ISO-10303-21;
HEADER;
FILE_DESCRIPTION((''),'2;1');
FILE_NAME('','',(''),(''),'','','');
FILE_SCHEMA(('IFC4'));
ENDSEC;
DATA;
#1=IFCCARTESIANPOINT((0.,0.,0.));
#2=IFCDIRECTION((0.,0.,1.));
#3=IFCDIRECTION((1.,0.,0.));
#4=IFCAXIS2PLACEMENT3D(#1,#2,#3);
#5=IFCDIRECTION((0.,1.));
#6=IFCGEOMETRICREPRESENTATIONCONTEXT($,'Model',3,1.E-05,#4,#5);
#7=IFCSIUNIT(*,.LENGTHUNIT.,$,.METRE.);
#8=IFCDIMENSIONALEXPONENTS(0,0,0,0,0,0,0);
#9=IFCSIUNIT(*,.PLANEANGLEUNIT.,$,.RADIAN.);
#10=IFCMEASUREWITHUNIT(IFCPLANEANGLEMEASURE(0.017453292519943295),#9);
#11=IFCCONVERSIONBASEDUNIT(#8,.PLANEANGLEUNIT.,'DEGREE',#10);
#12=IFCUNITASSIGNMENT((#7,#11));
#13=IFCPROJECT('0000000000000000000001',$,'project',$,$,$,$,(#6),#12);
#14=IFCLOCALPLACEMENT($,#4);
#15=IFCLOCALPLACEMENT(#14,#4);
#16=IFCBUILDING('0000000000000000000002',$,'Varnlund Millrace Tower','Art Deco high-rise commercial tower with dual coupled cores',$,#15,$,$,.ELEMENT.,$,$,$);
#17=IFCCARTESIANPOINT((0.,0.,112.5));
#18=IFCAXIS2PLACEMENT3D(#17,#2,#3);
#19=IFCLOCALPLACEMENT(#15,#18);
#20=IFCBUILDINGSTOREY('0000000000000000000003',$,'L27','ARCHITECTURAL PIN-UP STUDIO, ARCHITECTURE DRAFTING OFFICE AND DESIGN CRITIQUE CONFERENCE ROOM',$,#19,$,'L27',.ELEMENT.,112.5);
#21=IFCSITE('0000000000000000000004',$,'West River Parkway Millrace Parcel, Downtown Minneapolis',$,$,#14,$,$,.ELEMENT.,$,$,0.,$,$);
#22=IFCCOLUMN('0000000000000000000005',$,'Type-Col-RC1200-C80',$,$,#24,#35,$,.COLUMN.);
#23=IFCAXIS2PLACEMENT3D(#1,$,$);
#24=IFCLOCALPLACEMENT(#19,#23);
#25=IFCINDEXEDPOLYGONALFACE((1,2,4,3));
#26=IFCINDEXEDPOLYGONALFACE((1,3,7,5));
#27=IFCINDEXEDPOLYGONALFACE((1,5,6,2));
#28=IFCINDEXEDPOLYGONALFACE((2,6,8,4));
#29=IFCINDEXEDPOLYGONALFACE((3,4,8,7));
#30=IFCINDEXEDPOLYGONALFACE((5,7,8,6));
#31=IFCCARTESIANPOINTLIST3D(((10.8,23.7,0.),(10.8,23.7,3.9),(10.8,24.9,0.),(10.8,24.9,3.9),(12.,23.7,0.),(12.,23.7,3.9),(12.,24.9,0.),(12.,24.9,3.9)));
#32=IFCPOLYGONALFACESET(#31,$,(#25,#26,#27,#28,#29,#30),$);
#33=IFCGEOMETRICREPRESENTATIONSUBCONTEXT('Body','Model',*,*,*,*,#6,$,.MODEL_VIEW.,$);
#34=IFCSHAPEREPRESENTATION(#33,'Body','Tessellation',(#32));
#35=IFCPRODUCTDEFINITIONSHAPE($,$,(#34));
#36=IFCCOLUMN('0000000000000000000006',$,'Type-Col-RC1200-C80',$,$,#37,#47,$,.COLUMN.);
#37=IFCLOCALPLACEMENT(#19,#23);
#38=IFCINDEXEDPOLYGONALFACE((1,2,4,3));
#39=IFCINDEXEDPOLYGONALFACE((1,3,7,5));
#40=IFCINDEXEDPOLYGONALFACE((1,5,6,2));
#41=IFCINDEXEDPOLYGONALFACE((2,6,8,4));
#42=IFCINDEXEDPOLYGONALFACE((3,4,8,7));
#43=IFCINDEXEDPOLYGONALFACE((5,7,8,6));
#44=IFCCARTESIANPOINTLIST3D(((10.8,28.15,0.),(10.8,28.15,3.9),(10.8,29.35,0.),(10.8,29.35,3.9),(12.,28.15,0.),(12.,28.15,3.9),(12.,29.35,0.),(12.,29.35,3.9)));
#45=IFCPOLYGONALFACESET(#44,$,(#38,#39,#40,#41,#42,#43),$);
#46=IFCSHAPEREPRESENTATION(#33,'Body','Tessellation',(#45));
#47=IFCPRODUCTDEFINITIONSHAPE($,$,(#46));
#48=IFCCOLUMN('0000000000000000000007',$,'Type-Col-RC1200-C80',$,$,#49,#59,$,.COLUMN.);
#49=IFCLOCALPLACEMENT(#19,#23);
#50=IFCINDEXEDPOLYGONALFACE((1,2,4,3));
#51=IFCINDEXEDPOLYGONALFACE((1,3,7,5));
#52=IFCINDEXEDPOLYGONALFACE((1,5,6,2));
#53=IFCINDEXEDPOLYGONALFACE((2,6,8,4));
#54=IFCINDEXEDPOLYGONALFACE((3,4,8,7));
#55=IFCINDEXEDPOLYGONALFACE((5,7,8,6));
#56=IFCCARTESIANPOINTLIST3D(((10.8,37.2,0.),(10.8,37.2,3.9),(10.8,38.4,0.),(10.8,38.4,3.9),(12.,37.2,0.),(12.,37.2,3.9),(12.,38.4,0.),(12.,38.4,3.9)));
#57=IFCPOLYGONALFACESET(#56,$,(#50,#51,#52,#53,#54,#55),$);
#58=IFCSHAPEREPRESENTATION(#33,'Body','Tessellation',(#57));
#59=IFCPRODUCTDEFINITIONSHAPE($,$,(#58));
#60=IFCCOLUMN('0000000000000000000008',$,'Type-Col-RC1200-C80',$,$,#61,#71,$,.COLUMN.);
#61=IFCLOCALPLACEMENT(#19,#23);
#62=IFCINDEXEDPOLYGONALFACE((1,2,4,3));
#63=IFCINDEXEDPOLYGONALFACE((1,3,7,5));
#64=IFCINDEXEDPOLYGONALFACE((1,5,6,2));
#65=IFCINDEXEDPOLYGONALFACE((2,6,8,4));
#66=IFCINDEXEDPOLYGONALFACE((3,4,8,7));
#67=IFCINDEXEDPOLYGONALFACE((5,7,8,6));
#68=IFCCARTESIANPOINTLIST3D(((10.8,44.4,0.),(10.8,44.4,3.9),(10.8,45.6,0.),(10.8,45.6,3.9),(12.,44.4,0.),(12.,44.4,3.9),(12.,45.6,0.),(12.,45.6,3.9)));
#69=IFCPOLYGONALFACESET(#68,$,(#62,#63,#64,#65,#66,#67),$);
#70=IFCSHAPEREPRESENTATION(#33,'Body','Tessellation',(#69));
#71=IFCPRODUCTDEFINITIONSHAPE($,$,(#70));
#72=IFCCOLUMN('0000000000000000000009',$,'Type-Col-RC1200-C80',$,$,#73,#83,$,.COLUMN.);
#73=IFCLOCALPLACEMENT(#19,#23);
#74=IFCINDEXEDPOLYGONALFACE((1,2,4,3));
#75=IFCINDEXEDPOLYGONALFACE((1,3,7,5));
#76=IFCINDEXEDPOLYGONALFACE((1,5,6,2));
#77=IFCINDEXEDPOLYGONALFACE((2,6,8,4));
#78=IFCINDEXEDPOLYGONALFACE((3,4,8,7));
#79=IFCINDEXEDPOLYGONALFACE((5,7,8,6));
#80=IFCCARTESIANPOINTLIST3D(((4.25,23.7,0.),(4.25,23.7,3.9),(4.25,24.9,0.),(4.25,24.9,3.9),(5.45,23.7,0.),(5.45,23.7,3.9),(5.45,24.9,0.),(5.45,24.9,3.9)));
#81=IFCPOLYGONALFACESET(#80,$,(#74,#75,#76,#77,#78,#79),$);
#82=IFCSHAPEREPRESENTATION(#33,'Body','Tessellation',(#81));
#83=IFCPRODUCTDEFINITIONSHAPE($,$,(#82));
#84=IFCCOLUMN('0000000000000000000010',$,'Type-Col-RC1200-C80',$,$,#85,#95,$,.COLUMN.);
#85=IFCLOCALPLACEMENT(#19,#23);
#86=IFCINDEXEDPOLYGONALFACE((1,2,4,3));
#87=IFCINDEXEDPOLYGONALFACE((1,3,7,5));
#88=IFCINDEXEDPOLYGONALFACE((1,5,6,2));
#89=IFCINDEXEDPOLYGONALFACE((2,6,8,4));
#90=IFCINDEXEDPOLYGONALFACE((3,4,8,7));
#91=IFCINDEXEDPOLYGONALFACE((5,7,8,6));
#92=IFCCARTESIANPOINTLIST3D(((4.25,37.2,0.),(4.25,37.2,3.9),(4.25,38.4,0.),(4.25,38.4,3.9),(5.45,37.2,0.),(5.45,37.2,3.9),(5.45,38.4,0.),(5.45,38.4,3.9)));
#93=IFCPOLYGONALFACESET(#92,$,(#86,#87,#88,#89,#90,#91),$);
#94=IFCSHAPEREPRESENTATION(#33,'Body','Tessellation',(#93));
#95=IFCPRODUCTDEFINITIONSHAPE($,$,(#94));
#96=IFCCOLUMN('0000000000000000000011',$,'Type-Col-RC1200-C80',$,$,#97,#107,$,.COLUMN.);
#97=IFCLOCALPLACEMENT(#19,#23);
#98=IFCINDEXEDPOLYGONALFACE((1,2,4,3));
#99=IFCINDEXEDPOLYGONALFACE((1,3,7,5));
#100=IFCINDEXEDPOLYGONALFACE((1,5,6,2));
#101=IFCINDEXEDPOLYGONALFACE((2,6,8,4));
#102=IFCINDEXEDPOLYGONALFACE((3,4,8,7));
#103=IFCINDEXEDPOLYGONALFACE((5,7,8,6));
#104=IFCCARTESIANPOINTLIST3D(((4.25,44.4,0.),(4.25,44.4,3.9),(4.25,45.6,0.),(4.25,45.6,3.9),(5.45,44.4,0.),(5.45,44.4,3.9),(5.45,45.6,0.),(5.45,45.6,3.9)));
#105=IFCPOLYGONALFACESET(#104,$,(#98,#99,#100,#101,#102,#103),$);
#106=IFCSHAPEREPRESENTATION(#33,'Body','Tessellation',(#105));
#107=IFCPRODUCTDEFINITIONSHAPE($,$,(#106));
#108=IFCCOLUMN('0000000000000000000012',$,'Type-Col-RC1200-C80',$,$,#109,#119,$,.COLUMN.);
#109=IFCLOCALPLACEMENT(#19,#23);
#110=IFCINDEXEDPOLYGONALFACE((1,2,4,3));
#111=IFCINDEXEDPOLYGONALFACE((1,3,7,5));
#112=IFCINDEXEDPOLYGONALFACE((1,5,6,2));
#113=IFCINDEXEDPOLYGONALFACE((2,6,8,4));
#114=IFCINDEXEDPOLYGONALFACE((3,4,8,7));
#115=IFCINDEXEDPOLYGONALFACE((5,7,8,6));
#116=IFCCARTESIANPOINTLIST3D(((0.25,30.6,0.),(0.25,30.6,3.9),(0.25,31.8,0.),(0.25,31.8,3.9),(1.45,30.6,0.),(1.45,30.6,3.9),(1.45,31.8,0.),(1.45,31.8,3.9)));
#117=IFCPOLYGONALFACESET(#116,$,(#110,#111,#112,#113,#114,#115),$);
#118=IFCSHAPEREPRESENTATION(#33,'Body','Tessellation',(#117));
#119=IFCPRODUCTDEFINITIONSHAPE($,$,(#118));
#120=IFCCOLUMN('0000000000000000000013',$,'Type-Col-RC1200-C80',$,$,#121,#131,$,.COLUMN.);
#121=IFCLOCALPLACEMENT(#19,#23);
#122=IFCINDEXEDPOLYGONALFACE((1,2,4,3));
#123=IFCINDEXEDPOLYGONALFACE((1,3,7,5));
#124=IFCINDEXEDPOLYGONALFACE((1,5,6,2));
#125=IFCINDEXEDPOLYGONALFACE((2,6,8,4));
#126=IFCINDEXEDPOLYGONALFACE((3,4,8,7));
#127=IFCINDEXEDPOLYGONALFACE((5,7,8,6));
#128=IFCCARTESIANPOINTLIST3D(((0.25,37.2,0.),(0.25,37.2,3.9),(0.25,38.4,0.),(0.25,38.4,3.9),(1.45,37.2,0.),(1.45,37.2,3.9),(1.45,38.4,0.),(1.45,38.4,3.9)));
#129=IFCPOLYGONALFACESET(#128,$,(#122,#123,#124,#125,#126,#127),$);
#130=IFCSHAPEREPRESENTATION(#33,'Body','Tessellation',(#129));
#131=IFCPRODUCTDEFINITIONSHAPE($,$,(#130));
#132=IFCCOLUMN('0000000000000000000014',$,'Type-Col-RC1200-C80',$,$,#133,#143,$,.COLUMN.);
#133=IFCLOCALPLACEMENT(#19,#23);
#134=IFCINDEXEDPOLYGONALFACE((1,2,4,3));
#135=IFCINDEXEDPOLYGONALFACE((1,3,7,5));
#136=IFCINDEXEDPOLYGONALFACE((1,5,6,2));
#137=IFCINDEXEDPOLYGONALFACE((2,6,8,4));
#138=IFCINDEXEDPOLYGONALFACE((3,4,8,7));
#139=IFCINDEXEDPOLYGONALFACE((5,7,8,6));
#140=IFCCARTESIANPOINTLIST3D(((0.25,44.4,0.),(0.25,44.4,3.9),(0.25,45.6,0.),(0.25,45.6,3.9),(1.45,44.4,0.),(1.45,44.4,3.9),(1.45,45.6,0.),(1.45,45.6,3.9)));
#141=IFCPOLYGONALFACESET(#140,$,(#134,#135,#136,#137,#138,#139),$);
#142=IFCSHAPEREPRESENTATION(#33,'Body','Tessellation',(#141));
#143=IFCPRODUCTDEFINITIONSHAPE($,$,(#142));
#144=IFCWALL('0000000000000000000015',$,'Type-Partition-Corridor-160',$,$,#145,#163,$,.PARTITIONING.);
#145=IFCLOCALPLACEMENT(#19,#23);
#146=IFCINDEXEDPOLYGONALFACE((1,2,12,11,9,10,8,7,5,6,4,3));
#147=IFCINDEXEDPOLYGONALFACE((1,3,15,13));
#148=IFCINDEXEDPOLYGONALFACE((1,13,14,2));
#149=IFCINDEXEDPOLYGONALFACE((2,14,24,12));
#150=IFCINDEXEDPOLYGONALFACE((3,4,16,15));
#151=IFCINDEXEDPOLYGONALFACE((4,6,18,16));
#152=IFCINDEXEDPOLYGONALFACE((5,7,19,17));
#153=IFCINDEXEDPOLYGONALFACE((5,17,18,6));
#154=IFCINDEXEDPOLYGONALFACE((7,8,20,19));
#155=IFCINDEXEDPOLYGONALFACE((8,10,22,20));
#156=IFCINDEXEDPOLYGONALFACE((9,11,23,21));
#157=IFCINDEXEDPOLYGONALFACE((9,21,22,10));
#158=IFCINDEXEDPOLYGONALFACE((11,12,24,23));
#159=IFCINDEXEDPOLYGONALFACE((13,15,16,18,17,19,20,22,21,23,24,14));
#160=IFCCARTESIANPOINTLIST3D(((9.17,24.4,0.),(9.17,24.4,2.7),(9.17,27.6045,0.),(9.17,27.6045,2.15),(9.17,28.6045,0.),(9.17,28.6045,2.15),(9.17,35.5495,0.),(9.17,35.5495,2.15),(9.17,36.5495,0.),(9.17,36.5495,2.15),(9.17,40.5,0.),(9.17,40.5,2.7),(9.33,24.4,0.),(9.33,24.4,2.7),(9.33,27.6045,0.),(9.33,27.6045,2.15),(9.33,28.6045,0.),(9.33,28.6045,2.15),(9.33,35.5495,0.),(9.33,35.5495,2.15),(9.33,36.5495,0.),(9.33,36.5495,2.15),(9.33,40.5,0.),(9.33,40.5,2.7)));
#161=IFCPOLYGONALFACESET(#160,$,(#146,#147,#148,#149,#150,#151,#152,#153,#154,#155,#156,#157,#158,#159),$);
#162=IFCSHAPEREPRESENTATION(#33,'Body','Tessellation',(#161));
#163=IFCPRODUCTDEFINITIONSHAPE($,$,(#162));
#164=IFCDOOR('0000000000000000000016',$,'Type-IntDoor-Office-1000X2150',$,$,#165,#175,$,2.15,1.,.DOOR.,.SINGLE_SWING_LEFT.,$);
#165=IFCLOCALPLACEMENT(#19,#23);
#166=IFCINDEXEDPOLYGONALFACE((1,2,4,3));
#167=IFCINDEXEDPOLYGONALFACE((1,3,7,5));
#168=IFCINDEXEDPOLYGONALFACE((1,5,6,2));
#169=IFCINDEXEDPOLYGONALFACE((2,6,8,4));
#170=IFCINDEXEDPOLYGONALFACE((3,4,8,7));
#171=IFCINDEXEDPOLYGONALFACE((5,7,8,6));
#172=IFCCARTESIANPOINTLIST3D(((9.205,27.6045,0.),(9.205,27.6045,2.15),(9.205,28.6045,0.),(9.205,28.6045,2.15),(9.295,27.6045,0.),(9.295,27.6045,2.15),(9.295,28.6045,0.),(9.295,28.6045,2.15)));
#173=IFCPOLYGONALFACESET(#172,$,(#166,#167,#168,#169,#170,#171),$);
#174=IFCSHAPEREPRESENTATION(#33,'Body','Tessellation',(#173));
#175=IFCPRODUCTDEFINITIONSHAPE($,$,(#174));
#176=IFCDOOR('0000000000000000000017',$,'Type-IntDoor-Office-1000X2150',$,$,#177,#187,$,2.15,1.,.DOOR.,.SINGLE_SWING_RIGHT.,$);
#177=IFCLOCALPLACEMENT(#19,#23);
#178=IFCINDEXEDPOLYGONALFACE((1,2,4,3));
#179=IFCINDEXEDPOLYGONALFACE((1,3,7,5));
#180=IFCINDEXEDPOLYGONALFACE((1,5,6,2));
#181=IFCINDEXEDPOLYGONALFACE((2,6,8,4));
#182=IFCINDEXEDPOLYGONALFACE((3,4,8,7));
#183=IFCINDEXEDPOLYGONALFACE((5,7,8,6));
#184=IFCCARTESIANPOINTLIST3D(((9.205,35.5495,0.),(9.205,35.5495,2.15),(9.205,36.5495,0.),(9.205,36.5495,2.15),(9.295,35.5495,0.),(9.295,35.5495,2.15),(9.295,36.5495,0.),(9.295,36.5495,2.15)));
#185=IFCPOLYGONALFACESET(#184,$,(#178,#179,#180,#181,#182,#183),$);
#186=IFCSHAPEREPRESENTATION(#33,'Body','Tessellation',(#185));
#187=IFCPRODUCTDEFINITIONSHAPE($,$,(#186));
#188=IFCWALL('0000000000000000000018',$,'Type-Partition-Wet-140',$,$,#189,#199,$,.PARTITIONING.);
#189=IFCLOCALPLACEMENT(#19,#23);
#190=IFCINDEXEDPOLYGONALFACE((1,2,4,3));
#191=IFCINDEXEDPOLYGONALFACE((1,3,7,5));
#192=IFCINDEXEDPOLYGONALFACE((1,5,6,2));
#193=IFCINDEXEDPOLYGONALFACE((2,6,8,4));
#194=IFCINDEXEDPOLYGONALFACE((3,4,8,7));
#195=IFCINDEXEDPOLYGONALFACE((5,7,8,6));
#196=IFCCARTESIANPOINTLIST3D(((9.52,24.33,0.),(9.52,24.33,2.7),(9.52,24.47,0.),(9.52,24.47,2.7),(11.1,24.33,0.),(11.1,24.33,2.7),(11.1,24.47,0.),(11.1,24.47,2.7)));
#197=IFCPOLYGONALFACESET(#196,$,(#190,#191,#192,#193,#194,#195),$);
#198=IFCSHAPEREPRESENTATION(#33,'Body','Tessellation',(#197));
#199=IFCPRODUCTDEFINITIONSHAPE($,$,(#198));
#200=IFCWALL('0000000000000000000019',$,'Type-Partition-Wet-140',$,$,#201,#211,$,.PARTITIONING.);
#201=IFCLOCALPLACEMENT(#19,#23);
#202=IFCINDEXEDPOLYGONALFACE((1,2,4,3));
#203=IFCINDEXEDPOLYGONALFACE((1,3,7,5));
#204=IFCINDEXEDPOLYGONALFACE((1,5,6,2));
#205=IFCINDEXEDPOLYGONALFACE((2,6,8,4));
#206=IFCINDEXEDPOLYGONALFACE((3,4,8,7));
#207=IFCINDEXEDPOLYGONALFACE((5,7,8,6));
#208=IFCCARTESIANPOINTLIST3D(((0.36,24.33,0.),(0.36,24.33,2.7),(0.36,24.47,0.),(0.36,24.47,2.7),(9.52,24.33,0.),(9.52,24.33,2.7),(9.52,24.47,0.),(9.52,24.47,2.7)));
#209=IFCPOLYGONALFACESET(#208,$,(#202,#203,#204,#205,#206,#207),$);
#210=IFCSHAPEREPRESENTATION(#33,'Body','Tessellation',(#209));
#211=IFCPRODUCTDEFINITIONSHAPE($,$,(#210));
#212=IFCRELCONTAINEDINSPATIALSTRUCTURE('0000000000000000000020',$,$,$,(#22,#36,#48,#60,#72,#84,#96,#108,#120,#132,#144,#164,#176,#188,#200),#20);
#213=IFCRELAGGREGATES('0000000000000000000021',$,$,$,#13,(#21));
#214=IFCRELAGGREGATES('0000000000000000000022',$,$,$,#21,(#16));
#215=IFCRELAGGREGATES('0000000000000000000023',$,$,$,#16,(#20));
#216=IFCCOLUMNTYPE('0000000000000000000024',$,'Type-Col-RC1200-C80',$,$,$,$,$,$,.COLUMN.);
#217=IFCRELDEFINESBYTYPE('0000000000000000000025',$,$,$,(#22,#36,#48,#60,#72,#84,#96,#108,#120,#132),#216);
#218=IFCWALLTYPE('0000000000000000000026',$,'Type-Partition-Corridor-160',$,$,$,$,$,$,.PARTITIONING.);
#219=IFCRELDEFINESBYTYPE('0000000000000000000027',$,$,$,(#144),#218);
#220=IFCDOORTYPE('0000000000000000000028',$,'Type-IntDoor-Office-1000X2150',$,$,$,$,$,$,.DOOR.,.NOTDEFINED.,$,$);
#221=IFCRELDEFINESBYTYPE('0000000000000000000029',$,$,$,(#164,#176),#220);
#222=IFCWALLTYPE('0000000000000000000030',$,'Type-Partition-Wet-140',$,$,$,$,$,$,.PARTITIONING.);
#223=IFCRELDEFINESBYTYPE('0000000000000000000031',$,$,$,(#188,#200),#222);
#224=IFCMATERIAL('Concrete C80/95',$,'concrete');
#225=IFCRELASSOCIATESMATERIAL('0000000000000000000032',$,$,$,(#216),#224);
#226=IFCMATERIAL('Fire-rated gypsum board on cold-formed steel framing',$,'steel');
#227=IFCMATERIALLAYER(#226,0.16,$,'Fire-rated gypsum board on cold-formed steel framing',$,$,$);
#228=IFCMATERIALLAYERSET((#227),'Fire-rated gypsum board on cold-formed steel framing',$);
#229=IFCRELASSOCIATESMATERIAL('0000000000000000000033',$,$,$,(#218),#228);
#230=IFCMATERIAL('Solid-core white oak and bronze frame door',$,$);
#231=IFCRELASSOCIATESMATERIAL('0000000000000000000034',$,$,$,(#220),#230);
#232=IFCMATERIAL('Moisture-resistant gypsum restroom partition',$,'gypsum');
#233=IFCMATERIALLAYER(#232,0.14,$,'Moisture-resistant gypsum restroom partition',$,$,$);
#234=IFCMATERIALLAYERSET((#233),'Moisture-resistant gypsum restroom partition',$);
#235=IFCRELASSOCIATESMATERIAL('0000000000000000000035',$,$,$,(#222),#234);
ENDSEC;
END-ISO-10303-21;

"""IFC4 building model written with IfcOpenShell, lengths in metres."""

from ifc_helpers import new_model, entity, si_unit, converted_unit, direction, frame, origin_with_axes, origin_2d_with_axis, place, context, subcontext, project, spatial, polyline, rectangle, outline, extrude, material, layer, layer_set, material_profile, profile_set, type_object, element, fill, save


model = new_model("IFC4")

# Units and contexts
model_context = context("Model", 3, precision=1e-05, world=origin_with_axes(), true_north=direction((0.0, 1.0)))
body_context = subcontext(model_context, "Body", "Model", "MODEL_VIEW")
ifc_project = project(units=[si_unit("LENGTHUNIT", "METRE"), converted_unit("PLANEANGLEUNIT", "DEGREE", entity("IfcPlaneAngleMeasure", 0.017453292519943295), si_unit("PLANEANGLEUNIT", "RADIAN"), dimensions=[0, 0, 0, 0, 0, 0, 0])], contexts=[model_context])

# Site, building, storey
site_placement = place(None, origin_with_axes())
site = spatial("IfcSite", under=ifc_project, at=site_placement, Name="West River Parkway Millrace Parcel, Downtown Minneapolis", CompositionType="ELEMENT", RefElevation=0.0)
building_placement = place(site_placement, origin_with_axes())
building = spatial("IfcBuilding", under=site, at=building_placement, Name="Varnlund Millrace Tower", Description="Art Deco high-rise commercial tower with dual coupled cores", CompositionType="ELEMENT")
storey_placement = place(building_placement, frame((0.0, 0.0, 112.5), z_axis=(0.0, 0.0, 1.0), x_axis=(1.0, 0.0, 0.0)))
storey = spatial("IfcBuildingStorey", under=building, at=storey_placement, Name="L27", Description="ARCHITECTURAL PIN-UP STUDIO, ARCHITECTURE DRAFTING OFFICE AND DESIGN CRITIQUE CONFERENCE ROOM", LongName="L27", CompositionType="ELEMENT", Elevation=112.5)

# Columns
ifc_material_1 = material(Name="Concrete C80/95", Category="concrete")
ifc_material_profile = material_profile(ifc_material_1, rectangle(XDim=1.2, YDim=1.2, at=origin_2d_with_axis()), Name="Concrete C80/95")
ifc_profile_set = profile_set([ifc_material_profile], Name="Concrete C80/95")
column_type = type_object("IfcColumnType", Name="Type-Col-RC1200-C80", PredefinedType="COLUMN", material=ifc_profile_set)
for number, where, z_axis, x_axis, name in (
    (1, (11.4, 24.3, 0.0), (0.0, 0.0, 1.0), (1.0, 0.0, 0.0), "Type-Col-RC1200-C80"),
    (2, (11.4, 28.75, 0.0), (0.0, 0.0, 1.0), (1.0, 0.0, 0.0), "Type-Col-RC1200-C80"),
    (3, (11.4, 37.8, 0.0), (0.0, 0.0, 1.0), (1.0, 0.0, 0.0), "Type-Col-RC1200-C80"),
    (4, (11.4, 45.0, 0.0), (0.0, 0.0, 1.0), (1.0, 0.0, 0.0), "Type-Col-RC1200-C80"),
    (5, (4.85, 24.3, 0.0), (0.0, 0.0, 1.0), (1.0, 0.0, 0.0), "Type-Col-RC1200-C80"),
    (6, (4.85, 37.8, 0.0), (0.0, 0.0, 1.0), (1.0, 0.0, 0.0), "Type-Col-RC1200-C80"),
    (7, (4.85, 45.0, 0.0), (0.0, 0.0, 1.0), (1.0, 0.0, 0.0), "Type-Col-RC1200-C80"),
    (8, (0.85, 31.2, 0.0), (0.0, 0.0, 1.0), (1.0, 0.0, 0.0), "Type-Col-RC1200-C80"),
    (9, (0.85, 37.8, 0.0), (0.0, 0.0, 1.0), (1.0, 0.0, 0.0), "Type-Col-RC1200-C80"),
    (10, (0.85, 45.0, 0.0), (0.0, 0.0, 1.0), (1.0, 0.0, 0.0), "Type-Col-RC1200-C80"),
):
    element("IfcColumn", number, at=place(storey_placement, frame(where, z_axis=z_axis, x_axis=x_axis)), inside=storey, type_object=column_type, Name=name, PredefinedType="COLUMN", context=body_context, shape_type="SweptSolid", body=[
        extrude(rectangle(XDim=1.2, YDim=1.2, at=origin_2d_with_axis()), origin_with_axes(), (0.0, 0.0, 1.0), 3.9),
    ])

# Wall, openings, doors
ifc_material_2 = material(Name="Fire-rated gypsum board on cold-formed steel framing", Category="steel")
ifc_layer_1 = layer(ifc_material_2, 0.16, Name="Fire-rated gypsum board on cold-formed steel framing")
ifc_layer_set_1 = layer_set([ifc_layer_1], Name="Fire-rated gypsum board on cold-formed steel framing")
wall_type_1 = type_object("IfcWallType", Name="Type-Partition-Corridor-160", PredefinedType="PARTITIONING", material=ifc_layer_set_1)
ifc_material_3 = material(Name="Solid-core white oak and bronze frame door")
door_type_1 = type_object("IfcDoorType", Name="Type-IntDoor-Office-1000X2150", OperationType="NOTDEFINED", PredefinedType="DOOR", material=ifc_material_3)
wall_1_placement = place(storey_placement, frame((9.25, 24.4, 0.0), z_axis=(0.0, 0.0, 1.0), x_axis=(0.0, 1.0, 0.0)))
wall_1 = element("IfcWall", 11, at=wall_1_placement, inside=storey, type_object=wall_type_1, Name="Type-Partition-Corridor-160", PredefinedType="PARTITIONING", context=body_context, shape_type="SweptSolid", body=[
    extrude(outline(polyline([(0.0, -0.08), (16.1, -0.08), (16.1, 0.08), (0.0, 0.08), (0.0, -0.08)])), origin_with_axes(), (0.0, 0.0, 1.0), 2.7),
])
opening_1_placement = place(wall_1_placement, frame((3.7045, 0.0, 0.0), z_axis=(0.0, 0.0, 1.0), x_axis=(1.0, 0.0, 0.0)))
opening_1 = element("IfcOpeningElement", 12, at=opening_1_placement, cuts=wall_1, PredefinedType="OPENING", context=body_context, shape_type="SweptSolid", body=[
    extrude(rectangle(XDim=1.0, YDim=0.18, at=origin_2d_with_axis()), origin_with_axes(), (0.0, 0.0, 1.0), 2.15),
])
opening_2_placement = place(wall_1_placement, frame((11.6495, 0.0, 0.0), z_axis=(0.0, 0.0, 1.0), x_axis=(1.0, 0.0, 0.0)))
opening_2 = element("IfcOpeningElement", 13, at=opening_2_placement, cuts=wall_1, PredefinedType="OPENING", context=body_context, shape_type="SweptSolid", body=[
    extrude(rectangle(XDim=1.0, YDim=0.18, at=origin_2d_with_axis()), origin_with_axes(), (0.0, 0.0, 1.0), 2.15),
])
door_1_placement = place(wall_1_placement, frame((3.7045, 0.0, 0.0), z_axis=(0.0, 0.0, 1.0), x_axis=(1.0, 0.0, 0.0)))
door_1 = element("IfcDoor", 14, at=door_1_placement, inside=storey, type_object=door_type_1, Name="Type-IntDoor-Office-1000X2150", OperationType="SINGLE_SWING_LEFT", OverallHeight=2.15, OverallWidth=1.0, PredefinedType="DOOR", context=body_context, shape_type="SweptSolid", body=[
    extrude(rectangle(XDim=1.0, YDim=0.09, at=origin_2d_with_axis()), origin_with_axes(), (0.0, 0.0, 1.0), 2.15),
])
fill(opening_1, door_1)
door_2_placement = place(wall_1_placement, frame((11.6495, 0.0, 0.0), z_axis=(0.0, 0.0, 1.0), x_axis=(1.0, 0.0, 0.0)))
door_2 = element("IfcDoor", 15, at=door_2_placement, inside=storey, type_object=door_type_1, Name="Type-IntDoor-Office-1000X2150", OperationType="SINGLE_SWING_RIGHT", OverallHeight=2.15, OverallWidth=1.0, PredefinedType="DOOR", context=body_context, shape_type="SweptSolid", body=[
    extrude(rectangle(XDim=1.0, YDim=0.09, at=origin_2d_with_axis()), origin_with_axes(), (0.0, 0.0, 1.0), 2.15),
])
fill(opening_2, door_2)

# Walls
ifc_material_4 = material(Name="Moisture-resistant gypsum restroom partition", Category="gypsum")
ifc_layer_2 = layer(ifc_material_4, 0.14, Name="Moisture-resistant gypsum restroom partition")
ifc_layer_set_2 = layer_set([ifc_layer_2], Name="Moisture-resistant gypsum restroom partition")
wall_type_2 = type_object("IfcWallType", Name="Type-Partition-Wet-140", PredefinedType="PARTITIONING", material=ifc_layer_set_2)
wall_2_placement = place(storey_placement, frame((9.52, 24.4, 0.0), z_axis=(0.0, 0.0, 1.0), x_axis=(1.0, 0.0, 0.0)))
element("IfcWall", 16, at=wall_2_placement, inside=storey, type_object=wall_type_2, Name="Type-Partition-Wet-140", PredefinedType="PARTITIONING", context=body_context, shape_type="SweptSolid", body=[
    extrude(outline(polyline([(0.0, -0.07), (1.58, -0.07), (1.58, 0.07), (0.0, 0.07), (0.0, -0.07)])), origin_with_axes(), (0.0, 0.0, 1.0), 2.7),
])
wall_3_placement = place(storey_placement, frame((0.36, 24.4, 0.0), z_axis=(0.0, 0.0, 1.0), x_axis=(1.0, 0.0, 0.0)))
element("IfcWall", 17, at=wall_3_placement, inside=storey, type_object=wall_type_2, Name="Type-Partition-Wet-140", PredefinedType="PARTITIONING", context=body_context, shape_type="SweptSolid", body=[
    extrude(outline(polyline([(0.0, -0.07), (9.16, -0.07), (9.16, 0.07), (0.0, 0.07), (0.0, -0.07)])), origin_with_axes(), (0.0, 0.0, 1.0), 2.7),
])

save(model, "model.ifc")
